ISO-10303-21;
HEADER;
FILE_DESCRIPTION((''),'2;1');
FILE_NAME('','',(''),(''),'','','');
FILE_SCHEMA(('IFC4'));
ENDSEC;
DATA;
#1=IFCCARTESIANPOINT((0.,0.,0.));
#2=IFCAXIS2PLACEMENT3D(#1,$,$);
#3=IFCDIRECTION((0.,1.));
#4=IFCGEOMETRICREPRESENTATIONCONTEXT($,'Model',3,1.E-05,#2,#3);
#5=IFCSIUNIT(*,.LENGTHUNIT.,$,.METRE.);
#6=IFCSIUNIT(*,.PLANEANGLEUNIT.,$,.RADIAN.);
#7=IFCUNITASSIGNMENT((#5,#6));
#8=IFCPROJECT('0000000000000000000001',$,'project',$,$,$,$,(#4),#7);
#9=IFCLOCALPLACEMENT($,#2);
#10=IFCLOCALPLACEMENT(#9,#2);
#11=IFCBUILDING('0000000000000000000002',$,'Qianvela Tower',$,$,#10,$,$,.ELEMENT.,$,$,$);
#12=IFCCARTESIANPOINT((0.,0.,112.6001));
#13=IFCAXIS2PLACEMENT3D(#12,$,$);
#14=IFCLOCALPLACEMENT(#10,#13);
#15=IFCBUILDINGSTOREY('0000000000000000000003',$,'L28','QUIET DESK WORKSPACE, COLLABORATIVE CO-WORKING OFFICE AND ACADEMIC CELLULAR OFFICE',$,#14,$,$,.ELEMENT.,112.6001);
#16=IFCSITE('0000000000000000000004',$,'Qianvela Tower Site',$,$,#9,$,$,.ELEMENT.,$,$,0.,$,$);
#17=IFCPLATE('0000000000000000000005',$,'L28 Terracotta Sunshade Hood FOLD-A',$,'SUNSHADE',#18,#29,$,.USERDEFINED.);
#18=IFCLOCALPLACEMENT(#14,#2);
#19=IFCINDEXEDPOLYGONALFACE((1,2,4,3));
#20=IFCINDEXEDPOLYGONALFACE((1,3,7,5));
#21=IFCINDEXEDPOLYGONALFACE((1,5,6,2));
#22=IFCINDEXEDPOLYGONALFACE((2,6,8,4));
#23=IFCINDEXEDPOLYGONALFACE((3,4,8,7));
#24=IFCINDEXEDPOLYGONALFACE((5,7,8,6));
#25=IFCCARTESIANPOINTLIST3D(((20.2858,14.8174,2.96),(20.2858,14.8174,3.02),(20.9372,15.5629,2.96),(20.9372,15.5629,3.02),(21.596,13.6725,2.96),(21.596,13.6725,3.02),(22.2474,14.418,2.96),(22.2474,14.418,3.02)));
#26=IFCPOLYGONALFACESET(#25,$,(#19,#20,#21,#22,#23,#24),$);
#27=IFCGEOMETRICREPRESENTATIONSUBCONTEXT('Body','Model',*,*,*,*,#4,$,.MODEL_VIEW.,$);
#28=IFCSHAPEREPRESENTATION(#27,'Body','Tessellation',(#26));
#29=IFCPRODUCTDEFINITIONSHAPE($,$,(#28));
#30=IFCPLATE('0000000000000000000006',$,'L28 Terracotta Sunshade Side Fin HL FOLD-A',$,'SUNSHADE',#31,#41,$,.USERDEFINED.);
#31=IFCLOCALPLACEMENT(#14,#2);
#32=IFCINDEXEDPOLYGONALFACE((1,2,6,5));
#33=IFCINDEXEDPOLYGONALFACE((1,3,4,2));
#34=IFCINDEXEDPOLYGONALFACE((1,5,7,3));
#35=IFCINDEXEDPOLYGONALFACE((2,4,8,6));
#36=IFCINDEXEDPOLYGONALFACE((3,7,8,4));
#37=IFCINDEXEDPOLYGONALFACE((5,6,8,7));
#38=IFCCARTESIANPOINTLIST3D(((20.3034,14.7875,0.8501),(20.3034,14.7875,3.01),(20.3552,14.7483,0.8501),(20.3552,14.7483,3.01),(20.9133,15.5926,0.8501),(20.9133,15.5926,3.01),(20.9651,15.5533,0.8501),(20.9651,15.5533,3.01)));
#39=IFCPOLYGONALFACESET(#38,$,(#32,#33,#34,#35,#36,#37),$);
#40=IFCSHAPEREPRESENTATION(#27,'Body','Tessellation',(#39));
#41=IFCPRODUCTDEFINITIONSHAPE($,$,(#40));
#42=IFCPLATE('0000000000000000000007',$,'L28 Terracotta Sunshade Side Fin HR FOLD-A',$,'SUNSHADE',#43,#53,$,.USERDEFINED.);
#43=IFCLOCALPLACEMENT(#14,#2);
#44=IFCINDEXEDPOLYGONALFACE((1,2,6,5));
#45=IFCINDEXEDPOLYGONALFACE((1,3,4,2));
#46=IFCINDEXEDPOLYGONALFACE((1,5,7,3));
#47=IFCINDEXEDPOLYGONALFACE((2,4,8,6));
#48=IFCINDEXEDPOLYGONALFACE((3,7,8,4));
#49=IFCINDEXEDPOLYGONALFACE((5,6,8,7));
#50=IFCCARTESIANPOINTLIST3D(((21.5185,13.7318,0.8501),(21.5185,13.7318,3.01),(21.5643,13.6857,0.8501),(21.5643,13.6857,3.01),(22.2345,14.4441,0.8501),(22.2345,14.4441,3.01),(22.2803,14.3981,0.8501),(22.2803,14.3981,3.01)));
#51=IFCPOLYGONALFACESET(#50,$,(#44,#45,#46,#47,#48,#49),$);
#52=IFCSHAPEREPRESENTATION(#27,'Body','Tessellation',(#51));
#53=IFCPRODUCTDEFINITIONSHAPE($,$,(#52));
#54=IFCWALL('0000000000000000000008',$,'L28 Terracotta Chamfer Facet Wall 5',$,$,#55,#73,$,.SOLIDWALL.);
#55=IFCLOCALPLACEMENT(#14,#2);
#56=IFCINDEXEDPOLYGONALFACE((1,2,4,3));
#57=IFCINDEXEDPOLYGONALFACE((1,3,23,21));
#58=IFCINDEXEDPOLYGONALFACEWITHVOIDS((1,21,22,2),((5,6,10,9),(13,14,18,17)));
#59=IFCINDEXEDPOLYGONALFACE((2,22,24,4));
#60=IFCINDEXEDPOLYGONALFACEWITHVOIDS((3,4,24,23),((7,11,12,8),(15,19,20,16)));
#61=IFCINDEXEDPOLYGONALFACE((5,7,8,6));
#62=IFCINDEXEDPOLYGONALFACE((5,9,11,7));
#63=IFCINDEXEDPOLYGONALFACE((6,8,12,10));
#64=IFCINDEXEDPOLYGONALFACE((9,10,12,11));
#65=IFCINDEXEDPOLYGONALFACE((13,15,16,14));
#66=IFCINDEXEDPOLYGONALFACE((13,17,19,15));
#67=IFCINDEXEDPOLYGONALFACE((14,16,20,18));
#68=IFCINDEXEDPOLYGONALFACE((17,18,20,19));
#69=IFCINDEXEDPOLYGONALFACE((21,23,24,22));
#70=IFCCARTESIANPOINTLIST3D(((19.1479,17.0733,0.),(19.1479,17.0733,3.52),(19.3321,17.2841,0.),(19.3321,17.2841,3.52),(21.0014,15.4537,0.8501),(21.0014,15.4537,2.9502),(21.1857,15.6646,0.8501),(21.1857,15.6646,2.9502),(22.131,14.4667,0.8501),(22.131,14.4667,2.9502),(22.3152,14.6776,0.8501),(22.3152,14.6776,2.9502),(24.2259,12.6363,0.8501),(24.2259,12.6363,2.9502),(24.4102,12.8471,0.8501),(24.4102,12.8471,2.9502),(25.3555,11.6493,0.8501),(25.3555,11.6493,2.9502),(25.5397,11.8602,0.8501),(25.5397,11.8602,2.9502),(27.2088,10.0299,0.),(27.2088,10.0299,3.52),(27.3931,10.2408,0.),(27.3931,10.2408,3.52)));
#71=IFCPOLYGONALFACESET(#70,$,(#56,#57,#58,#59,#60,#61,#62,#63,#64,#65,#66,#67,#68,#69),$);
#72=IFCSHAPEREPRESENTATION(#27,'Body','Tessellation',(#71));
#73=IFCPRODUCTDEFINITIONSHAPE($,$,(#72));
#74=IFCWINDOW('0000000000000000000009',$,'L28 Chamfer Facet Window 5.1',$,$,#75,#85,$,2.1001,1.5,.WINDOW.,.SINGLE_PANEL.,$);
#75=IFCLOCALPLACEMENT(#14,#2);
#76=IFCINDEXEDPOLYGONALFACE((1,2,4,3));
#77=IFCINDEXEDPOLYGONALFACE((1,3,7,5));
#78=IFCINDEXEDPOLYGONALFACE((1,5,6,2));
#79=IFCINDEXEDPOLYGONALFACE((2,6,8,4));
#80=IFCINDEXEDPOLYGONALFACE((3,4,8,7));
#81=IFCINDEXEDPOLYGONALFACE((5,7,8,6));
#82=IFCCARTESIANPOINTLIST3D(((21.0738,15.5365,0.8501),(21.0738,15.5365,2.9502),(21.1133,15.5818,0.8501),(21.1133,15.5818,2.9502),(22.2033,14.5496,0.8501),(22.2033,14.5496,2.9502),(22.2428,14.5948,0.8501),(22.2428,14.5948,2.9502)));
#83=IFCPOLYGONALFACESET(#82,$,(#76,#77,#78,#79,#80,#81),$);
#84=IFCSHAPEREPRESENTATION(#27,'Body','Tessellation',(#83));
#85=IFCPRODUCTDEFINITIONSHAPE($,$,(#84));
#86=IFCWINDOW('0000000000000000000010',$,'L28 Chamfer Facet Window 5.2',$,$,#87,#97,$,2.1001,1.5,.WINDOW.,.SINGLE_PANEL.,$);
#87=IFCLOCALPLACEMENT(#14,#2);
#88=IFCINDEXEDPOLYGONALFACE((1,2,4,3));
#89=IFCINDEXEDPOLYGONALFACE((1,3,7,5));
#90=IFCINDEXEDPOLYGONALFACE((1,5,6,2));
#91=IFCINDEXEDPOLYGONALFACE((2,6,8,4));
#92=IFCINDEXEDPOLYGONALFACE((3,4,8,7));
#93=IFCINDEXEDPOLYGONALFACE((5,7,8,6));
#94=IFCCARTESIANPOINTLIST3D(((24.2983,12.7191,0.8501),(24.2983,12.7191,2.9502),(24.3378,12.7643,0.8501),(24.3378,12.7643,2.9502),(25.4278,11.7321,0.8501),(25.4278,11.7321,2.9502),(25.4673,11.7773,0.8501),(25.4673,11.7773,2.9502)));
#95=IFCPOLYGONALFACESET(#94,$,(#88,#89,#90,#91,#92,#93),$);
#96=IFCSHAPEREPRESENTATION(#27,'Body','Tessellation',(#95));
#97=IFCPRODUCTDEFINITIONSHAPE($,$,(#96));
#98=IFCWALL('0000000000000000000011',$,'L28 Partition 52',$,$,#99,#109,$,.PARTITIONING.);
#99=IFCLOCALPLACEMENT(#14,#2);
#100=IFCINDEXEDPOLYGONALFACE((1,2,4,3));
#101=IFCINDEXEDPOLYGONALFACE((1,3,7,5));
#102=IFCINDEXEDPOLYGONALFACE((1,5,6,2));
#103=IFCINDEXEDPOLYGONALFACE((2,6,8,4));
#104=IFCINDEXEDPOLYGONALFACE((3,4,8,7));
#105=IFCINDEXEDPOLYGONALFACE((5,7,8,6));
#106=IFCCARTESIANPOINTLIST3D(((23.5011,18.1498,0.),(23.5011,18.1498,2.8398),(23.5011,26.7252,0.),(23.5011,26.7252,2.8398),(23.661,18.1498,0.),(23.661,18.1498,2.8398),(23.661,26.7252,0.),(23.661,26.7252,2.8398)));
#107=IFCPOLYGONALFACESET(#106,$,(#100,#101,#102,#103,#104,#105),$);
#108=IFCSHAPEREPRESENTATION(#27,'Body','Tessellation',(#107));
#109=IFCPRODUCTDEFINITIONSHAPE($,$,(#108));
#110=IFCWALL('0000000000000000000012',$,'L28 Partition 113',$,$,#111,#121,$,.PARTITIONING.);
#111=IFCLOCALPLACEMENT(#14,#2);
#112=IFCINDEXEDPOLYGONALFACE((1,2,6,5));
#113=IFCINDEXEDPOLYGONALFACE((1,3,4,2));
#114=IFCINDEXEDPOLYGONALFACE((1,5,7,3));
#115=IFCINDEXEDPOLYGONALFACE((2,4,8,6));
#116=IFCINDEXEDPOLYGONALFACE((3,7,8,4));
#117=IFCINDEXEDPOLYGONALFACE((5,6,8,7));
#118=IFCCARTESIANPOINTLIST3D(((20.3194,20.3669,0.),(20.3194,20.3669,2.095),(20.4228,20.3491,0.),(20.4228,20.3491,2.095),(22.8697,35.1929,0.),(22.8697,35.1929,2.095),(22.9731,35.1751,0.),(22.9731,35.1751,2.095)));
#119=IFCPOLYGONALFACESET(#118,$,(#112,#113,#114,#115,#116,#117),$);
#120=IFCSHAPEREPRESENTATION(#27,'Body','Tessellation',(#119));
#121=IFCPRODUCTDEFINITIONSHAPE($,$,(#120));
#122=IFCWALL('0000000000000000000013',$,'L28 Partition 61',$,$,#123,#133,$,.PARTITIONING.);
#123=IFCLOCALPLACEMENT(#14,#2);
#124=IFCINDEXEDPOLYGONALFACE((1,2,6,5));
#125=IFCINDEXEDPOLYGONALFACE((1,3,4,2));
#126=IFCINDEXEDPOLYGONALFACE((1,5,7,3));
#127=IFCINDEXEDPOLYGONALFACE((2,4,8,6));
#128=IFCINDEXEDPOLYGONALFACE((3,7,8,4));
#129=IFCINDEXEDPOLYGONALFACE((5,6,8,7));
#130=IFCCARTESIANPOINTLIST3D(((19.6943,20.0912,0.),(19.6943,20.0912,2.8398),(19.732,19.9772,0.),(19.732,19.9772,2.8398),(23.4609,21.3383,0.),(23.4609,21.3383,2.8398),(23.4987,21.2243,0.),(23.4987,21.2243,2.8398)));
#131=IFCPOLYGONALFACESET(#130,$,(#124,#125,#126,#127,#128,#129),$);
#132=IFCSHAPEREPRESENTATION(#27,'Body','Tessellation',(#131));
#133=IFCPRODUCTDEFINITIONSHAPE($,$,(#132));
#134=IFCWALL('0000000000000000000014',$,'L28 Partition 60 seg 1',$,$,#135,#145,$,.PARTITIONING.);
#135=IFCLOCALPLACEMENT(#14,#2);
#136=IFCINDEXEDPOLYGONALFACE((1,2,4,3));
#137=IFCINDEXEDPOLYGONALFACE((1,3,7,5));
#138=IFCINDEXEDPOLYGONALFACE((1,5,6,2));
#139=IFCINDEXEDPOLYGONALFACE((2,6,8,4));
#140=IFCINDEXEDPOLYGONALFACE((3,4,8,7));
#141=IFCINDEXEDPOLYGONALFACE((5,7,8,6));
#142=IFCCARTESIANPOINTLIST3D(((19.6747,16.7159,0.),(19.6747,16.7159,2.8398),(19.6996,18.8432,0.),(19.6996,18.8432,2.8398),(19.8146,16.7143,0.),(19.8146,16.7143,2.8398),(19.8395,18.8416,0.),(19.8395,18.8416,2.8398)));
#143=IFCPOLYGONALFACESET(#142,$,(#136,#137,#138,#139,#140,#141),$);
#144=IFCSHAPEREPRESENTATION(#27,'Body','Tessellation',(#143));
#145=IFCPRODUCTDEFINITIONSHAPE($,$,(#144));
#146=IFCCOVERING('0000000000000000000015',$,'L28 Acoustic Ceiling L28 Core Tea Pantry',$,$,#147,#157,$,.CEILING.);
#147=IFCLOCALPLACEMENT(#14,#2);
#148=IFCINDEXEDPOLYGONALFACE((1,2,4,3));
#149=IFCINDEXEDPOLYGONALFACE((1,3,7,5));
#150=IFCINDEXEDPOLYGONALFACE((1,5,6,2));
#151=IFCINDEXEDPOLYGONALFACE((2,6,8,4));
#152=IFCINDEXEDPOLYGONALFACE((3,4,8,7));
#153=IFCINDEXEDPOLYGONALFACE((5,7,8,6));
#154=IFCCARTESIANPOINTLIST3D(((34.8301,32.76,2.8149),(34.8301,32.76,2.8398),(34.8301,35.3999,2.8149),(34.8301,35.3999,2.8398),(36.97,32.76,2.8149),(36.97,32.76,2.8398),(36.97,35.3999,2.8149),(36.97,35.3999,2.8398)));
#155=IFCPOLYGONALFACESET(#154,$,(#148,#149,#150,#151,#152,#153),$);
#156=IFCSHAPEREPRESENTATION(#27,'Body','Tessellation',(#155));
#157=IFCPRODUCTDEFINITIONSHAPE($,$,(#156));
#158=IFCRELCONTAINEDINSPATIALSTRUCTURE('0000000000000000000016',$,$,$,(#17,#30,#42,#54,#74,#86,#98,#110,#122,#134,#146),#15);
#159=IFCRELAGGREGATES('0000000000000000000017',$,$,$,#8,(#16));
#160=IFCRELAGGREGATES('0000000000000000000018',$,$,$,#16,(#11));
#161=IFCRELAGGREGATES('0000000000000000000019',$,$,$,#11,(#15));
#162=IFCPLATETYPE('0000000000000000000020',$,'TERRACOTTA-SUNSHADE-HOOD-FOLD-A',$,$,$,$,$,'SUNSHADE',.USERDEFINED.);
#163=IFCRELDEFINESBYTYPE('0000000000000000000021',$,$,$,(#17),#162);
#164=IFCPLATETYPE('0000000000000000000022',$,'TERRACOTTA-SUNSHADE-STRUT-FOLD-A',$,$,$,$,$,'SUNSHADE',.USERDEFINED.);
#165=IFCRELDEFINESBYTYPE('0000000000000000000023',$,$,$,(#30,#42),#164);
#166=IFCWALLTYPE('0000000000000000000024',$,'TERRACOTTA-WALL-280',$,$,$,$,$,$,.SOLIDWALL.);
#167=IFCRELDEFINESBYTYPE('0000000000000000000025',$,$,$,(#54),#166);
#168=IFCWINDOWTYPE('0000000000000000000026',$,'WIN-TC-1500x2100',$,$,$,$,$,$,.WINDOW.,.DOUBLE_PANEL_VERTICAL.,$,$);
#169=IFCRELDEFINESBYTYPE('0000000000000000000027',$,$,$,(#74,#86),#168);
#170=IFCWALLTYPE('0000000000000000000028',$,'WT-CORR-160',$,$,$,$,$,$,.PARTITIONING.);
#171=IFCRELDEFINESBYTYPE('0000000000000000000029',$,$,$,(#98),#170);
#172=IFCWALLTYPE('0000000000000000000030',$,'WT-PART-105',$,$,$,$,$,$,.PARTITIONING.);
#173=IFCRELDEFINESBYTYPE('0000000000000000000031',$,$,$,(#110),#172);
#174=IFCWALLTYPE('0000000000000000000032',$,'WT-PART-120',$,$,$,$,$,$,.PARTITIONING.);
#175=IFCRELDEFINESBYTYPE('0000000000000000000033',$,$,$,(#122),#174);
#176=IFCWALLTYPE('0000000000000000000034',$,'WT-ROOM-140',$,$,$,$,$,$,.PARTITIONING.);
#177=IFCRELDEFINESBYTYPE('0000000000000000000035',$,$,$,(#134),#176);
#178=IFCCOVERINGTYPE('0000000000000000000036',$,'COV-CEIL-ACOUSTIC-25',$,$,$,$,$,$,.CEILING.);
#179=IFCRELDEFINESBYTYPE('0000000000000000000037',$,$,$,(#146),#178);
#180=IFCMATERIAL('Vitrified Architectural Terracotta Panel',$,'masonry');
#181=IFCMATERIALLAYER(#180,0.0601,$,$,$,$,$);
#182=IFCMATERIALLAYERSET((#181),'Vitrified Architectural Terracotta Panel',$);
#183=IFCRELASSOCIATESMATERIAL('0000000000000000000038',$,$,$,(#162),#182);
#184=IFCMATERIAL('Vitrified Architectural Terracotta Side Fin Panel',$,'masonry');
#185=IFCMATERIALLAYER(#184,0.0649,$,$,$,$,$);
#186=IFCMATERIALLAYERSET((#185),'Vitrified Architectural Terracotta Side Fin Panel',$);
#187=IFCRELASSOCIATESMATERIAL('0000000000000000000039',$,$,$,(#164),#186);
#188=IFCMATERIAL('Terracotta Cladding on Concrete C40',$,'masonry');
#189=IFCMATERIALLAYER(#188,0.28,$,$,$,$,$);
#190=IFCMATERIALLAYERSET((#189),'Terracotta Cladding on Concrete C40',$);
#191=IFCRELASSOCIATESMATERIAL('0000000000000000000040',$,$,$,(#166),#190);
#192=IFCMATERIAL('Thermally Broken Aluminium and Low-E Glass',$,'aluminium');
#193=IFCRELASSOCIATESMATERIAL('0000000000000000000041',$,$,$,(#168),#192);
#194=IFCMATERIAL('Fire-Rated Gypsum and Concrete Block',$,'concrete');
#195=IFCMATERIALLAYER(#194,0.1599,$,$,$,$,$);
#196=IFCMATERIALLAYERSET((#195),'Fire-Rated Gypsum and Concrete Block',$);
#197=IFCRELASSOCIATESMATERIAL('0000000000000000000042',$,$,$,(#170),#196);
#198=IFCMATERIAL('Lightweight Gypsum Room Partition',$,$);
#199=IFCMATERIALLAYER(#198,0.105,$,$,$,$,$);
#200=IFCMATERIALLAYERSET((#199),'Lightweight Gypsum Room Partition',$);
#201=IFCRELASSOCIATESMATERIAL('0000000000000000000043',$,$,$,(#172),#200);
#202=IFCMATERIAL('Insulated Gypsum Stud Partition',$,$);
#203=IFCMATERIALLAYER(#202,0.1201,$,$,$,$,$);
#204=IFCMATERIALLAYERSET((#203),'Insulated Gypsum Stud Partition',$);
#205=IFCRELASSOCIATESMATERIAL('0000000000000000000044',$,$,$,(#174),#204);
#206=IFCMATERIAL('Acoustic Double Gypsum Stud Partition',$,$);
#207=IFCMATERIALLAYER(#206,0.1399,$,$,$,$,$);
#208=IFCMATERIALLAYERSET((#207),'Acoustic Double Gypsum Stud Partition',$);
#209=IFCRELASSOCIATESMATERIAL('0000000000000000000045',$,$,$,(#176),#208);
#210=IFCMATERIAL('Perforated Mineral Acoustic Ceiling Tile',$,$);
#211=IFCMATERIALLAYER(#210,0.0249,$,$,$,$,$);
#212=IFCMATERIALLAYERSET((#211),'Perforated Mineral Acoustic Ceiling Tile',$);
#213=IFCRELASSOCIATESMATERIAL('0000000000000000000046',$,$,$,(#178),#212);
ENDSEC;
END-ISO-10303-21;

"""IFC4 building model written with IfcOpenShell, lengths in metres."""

from ifc_helpers import new_model, si_unit, direction, frame, frame_2d, origin, origin_2d, place, context, subcontext, project, spatial, polyline, rectangle, outline, extrude, material, layer, layer_set, type_object, element, fill, save


model = new_model("IFC4")

# Units and contexts
model_context = context("Model", 3, precision=1e-05, world=origin(), true_north=direction((0.0, 1.0)))
body_context = subcontext(model_context, "Body", "Model", "MODEL_VIEW")
ifc_project = project(units=[si_unit("LENGTHUNIT", "METRE"), si_unit("PLANEANGLEUNIT", "RADIAN")], contexts=[model_context])

# Site, building, storey
site_placement = place(None, origin())
site = spatial("IfcSite", under=ifc_project, at=site_placement, Name="Qianvela Tower Site", CompositionType="ELEMENT", RefElevation=0.0)
building_placement = place(site_placement, origin())
building = spatial("IfcBuilding", under=site, at=building_placement, Name="Qianvela Tower", CompositionType="ELEMENT")
storey_placement = place(building_placement, frame((0.0, 0.0, 112.6001)))
storey = spatial("IfcBuildingStorey", under=building, at=storey_placement, Name="L28", Description="QUIET DESK WORKSPACE, COLLABORATIVE CO-WORKING OFFICE AND ACADEMIC CELLULAR OFFICE", CompositionType="ELEMENT", Elevation=112.6001)

# Plates
ifc_material_1 = material(Name="Vitrified Architectural Terracotta Panel", Category="masonry")
ifc_layer_1 = layer(ifc_material_1, 0.0601)
ifc_layer_set_1 = layer_set([ifc_layer_1], Name="Vitrified Architectural Terracotta Panel")
plate_type_1 = type_object("IfcPlateType", Name="TERRACOTTA-SUNSHADE-HOOD-FOLD-A", ElementType="SUNSHADE", PredefinedType="USERDEFINED", material=ifc_layer_set_1)
plate_1_placement = place(storey_placement, frame((21.2666, 14.6177, 2.96), z_axis=(0.0, 0.0, 1.0), x_axis=(0.753033, -0.657983, 0.0)))
element("IfcPlate", 1, at=plate_1_placement, inside=storey, type_object=plate_type_1, Name="L28 Terracotta Sunshade Hood FOLD-A", ObjectType="SUNSHADE", PredefinedType="USERDEFINED", context=body_context, shape_type="SweptSolid", body=[
    extrude(rectangle(XDim=1.74, YDim=0.99, at=origin_2d()), origin(), (0.0, 0.0, 1.0), 0.0601),
])
ifc_material_2 = material(Name="Vitrified Architectural Terracotta Side Fin Panel", Category="masonry")
ifc_layer_2 = layer(ifc_material_2, 0.0649)
ifc_layer_set_2 = layer_set([ifc_layer_2], Name="Vitrified Architectural Terracotta Side Fin Panel")
plate_type_2 = type_object("IfcPlateType", Name="TERRACOTTA-SUNSHADE-STRUT-FOLD-A", ElementType="SUNSHADE", PredefinedType="USERDEFINED", material=ifc_layer_set_2)
for number, where, z_axis, x_axis, name in (
    (2, (20.6343, 15.1704, 0.8501), (0.0, 0.0, 1.0), (0.797097, -0.603851, 0.0), "L28 Terracotta Sunshade Side Fin HL FOLD-A"),
    (3, (21.8994, 14.0649, 0.8501), (0.0, 0.0, 1.0), (0.7053, -0.708909, 0.0), "L28 Terracotta Sunshade Side Fin HR FOLD-A"),
):
    element("IfcPlate", number, at=place(storey_placement, frame(where, z_axis=z_axis, x_axis=x_axis)), inside=storey, type_object=plate_type_2, Name=name, ObjectType="SUNSHADE", PredefinedType="USERDEFINED", context=body_context, shape_type="SweptSolid", body=[
        extrude(rectangle(XDim=0.0649, YDim=1.01, at=origin_2d()), origin(), (0.0, 0.0, 1.0), 2.1599),
    ])

# Wall, openings, windows
ifc_material_3 = material(Name="Terracotta Cladding on Concrete C40", Category="masonry")
ifc_layer_3 = layer(ifc_material_3, 0.28)
ifc_layer_set_3 = layer_set([ifc_layer_3], Name="Terracotta Cladding on Concrete C40")
wall_type_1 = type_object("IfcWallType", Name="TERRACOTTA-WALL-280", PredefinedType="SOLIDWALL", material=ifc_layer_set_3)
wall_1_placement = place(storey_placement, frame((19.24, 17.1787, 0.0), z_axis=(0.0, 0.0, 1.0), x_axis=(0.753037, -0.657978, 0.0)))
wall_1 = element("IfcWall", 4, at=wall_1_placement, inside=storey, type_object=wall_type_1, Name="L28 Terracotta Chamfer Facet Wall 5", PredefinedType="SOLIDWALL", context=body_context, shape_type="SweptSolid", body=[
    extrude(rectangle(XDim=10.7046, YDim=0.28, at=frame_2d((5.3523, 0.0))), origin(), (0.0, 0.0, 1.0), 3.52),
])
opening_1_placement = place(wall_1_placement, frame((2.4614, 0.0, 0.8501)))
opening_1 = element("IfcOpeningElement", 5, at=opening_1_placement, cuts=wall_1, PredefinedType="OPENING", context=body_context, shape_type="SweptSolid", body=[
    extrude(rectangle(XDim=1.5, YDim=2.1001, at=frame_2d((0.75, 1.05))), frame((0.0, 0.1499, 0.0), z_axis=(0.0, -1.0, 0.0), x_axis=(1.0, 0.0, 0.0)), (0.0, 0.0, 1.0), 0.3),
])
opening_2_placement = place(wall_1_placement, frame((6.7434, 0.0, 0.8501)))
opening_2 = element("IfcOpeningElement", 6, at=opening_2_placement, cuts=wall_1, PredefinedType="OPENING", context=body_context, shape_type="SweptSolid", body=[
    extrude(rectangle(XDim=1.5, YDim=2.1001, at=frame_2d((0.75, 1.05))), frame((0.0, 0.1499, 0.0), z_axis=(0.0, -1.0, 0.0), x_axis=(1.0, 0.0, 0.0)), (0.0, 0.0, 1.0), 0.3),
])
ifc_material_4 = material(Name="Thermally Broken Aluminium and Low-E Glass", Category="aluminium")
window_type = type_object("IfcWindowType", Name="WIN-TC-1500x2100", PartitioningType="DOUBLE_PANEL_VERTICAL", PredefinedType="WINDOW", material=ifc_material_4)
window_1_placement = place(opening_1_placement, origin())
window_1 = element("IfcWindow", 7, at=window_1_placement, inside=storey, type_object=window_type, Name="L28 Chamfer Facet Window 5.1", OverallHeight=2.1001, OverallWidth=1.5, PartitioningType="SINGLE_PANEL", PredefinedType="WINDOW", context=body_context, shape_type="SweptSolid", body=[
    extrude(rectangle(XDim=1.5, YDim=2.1001, at=frame_2d((0.75, 1.05))), frame((0.0, 0.03, 0.0), z_axis=(0.0, -1.0, 0.0), x_axis=(1.0, 0.0, 0.0)), (0.0, 0.0, 1.0), 0.0601),
])
fill(opening_1, window_1)
window_2_placement = place(opening_2_placement, origin())
window_2 = element("IfcWindow", 8, at=window_2_placement, inside=storey, type_object=window_type, Name="L28 Chamfer Facet Window 5.2", OverallHeight=2.1001, OverallWidth=1.5, PartitioningType="SINGLE_PANEL", PredefinedType="WINDOW", context=body_context, shape_type="SweptSolid", body=[
    extrude(rectangle(XDim=1.5, YDim=2.1001, at=frame_2d((0.75, 1.05))), frame((0.0, 0.03, 0.0), z_axis=(0.0, -1.0, 0.0), x_axis=(1.0, 0.0, 0.0)), (0.0, 0.0, 1.0), 0.0601),
])
fill(opening_2, window_2)

# Walls
ifc_material_5 = material(Name="Fire-Rated Gypsum and Concrete Block", Category="concrete")
ifc_layer_4 = layer(ifc_material_5, 0.1599)
ifc_layer_set_4 = layer_set([ifc_layer_4], Name="Fire-Rated Gypsum and Concrete Block")
wall_type_2 = type_object("IfcWallType", Name="WT-CORR-160", PredefinedType="PARTITIONING", material=ifc_layer_set_4)
wall_2_placement = place(storey_placement, frame((23.5811, 18.1499, 0.0), z_axis=(0.0, 0.0, 1.0), x_axis=(0.0, 1.0, 0.0)))
element("IfcWall", 9, at=wall_2_placement, inside=storey, type_object=wall_type_2, Name="L28 Partition 52", PredefinedType="PARTITIONING", context=body_context, shape_type="SweptSolid", body=[
    extrude(rectangle(XDim=8.5754, YDim=0.1599, at=frame_2d((4.2876, 0.0))), origin(), (0.0, 0.0, 1.0), 2.8398),
])
ifc_material_6 = material(Name="Lightweight Gypsum Room Partition")
ifc_layer_5 = layer(ifc_material_6, 0.105)
ifc_layer_set_5 = layer_set([ifc_layer_5], Name="Lightweight Gypsum Room Partition")
wall_type_3 = type_object("IfcWallType", Name="WT-PART-105", PredefinedType="PARTITIONING", material=ifc_layer_set_5)
wall_3_placement = place(storey_placement, frame((20.3711, 20.3579, 0.0), z_axis=(0.0, 0.0, 1.0), x_axis=(0.169526, 0.985526, 0.0)))
element("IfcWall", 10, at=wall_3_placement, inside=storey, type_object=wall_type_3, Name="L28 Partition 113", PredefinedType="PARTITIONING", context=body_context, shape_type="SweptSolid", body=[
    extrude(rectangle(XDim=15.0437, YDim=0.105, at=frame_2d((7.522, 0.0))), origin(), (0.0, 0.0, 1.0), 2.095),
])
ifc_material_7 = material(Name="Insulated Gypsum Stud Partition")
ifc_layer_6 = layer(ifc_material_7, 0.1201)
ifc_layer_set_6 = layer_set([ifc_layer_6], Name="Insulated Gypsum Stud Partition")
wall_type_4 = type_object("IfcWallType", Name="WT-PART-120", PredefinedType="PARTITIONING", material=ifc_layer_set_6)
wall_4_placement = place(storey_placement, frame((19.7131, 20.0342, 0.0), z_axis=(0.0, 0.0, 1.0), x_axis=(0.949321, 0.314307, 0.0)))
element("IfcWall", 11, at=wall_4_placement, inside=storey, type_object=wall_type_4, Name="L28 Partition 61", PredefinedType="PARTITIONING", context=body_context, shape_type="SweptSolid", body=[
    extrude(rectangle(XDim=3.9678, YDim=0.1201, at=frame_2d((1.9839, 0.0))), origin(), (0.0, 0.0, 1.0), 2.8398),
])
ifc_material_8 = material(Name="Acoustic Double Gypsum Stud Partition")
ifc_layer_7 = layer(ifc_material_8, 0.1399)
ifc_layer_set_7 = layer_set([ifc_layer_7], Name="Acoustic Double Gypsum Stud Partition")
wall_type_5 = type_object("IfcWallType", Name="WT-ROOM-140", PredefinedType="PARTITIONING", material=ifc_layer_set_7)
wall_5_placement = place(storey_placement, frame((19.7446, 16.7151, 0.0), z_axis=(0.0, 0.0, 1.0), x_axis=(0.011706, 0.999931, 0.0)))
element("IfcWall", 12, at=wall_5_placement, inside=storey, type_object=wall_type_5, Name="L28 Partition 60 seg 1", PredefinedType="PARTITIONING", context=body_context, shape_type="SweptSolid", body=[
    extrude(rectangle(XDim=2.1274, YDim=0.1399, at=frame_2d((1.0637, 0.0))), origin(), (0.0, 0.0, 1.0), 2.8398),
])

# Covering
ifc_material_9 = material(Name="Perforated Mineral Acoustic Ceiling Tile")
ifc_layer_8 = layer(ifc_material_9, 0.0249)
ifc_layer_set_8 = layer_set([ifc_layer_8], Name="Perforated Mineral Acoustic Ceiling Tile")
covering_type_1 = type_object("IfcCoveringType", Name="COV-CEIL-ACOUSTIC-25", PredefinedType="CEILING", material=ifc_layer_set_8)
covering_1_placement = place(storey_placement, frame((0.0, 0.0, 2.8149)))
element("IfcCovering", 13, at=covering_1_placement, inside=storey, type_object=covering_type_1, Name="L28 Acoustic Ceiling L28 Core Tea Pantry", PredefinedType="CEILING", context=body_context, shape_type="SweptSolid", body=[
    extrude(outline(polyline([(36.97, 32.76), (34.8301, 32.76), (34.8301, 35.3999), (36.97, 35.3999), (36.97, 32.76)])), origin(), (0.0, 0.0, 1.0), 0.0249),
])

save(model, "model.ifc")
